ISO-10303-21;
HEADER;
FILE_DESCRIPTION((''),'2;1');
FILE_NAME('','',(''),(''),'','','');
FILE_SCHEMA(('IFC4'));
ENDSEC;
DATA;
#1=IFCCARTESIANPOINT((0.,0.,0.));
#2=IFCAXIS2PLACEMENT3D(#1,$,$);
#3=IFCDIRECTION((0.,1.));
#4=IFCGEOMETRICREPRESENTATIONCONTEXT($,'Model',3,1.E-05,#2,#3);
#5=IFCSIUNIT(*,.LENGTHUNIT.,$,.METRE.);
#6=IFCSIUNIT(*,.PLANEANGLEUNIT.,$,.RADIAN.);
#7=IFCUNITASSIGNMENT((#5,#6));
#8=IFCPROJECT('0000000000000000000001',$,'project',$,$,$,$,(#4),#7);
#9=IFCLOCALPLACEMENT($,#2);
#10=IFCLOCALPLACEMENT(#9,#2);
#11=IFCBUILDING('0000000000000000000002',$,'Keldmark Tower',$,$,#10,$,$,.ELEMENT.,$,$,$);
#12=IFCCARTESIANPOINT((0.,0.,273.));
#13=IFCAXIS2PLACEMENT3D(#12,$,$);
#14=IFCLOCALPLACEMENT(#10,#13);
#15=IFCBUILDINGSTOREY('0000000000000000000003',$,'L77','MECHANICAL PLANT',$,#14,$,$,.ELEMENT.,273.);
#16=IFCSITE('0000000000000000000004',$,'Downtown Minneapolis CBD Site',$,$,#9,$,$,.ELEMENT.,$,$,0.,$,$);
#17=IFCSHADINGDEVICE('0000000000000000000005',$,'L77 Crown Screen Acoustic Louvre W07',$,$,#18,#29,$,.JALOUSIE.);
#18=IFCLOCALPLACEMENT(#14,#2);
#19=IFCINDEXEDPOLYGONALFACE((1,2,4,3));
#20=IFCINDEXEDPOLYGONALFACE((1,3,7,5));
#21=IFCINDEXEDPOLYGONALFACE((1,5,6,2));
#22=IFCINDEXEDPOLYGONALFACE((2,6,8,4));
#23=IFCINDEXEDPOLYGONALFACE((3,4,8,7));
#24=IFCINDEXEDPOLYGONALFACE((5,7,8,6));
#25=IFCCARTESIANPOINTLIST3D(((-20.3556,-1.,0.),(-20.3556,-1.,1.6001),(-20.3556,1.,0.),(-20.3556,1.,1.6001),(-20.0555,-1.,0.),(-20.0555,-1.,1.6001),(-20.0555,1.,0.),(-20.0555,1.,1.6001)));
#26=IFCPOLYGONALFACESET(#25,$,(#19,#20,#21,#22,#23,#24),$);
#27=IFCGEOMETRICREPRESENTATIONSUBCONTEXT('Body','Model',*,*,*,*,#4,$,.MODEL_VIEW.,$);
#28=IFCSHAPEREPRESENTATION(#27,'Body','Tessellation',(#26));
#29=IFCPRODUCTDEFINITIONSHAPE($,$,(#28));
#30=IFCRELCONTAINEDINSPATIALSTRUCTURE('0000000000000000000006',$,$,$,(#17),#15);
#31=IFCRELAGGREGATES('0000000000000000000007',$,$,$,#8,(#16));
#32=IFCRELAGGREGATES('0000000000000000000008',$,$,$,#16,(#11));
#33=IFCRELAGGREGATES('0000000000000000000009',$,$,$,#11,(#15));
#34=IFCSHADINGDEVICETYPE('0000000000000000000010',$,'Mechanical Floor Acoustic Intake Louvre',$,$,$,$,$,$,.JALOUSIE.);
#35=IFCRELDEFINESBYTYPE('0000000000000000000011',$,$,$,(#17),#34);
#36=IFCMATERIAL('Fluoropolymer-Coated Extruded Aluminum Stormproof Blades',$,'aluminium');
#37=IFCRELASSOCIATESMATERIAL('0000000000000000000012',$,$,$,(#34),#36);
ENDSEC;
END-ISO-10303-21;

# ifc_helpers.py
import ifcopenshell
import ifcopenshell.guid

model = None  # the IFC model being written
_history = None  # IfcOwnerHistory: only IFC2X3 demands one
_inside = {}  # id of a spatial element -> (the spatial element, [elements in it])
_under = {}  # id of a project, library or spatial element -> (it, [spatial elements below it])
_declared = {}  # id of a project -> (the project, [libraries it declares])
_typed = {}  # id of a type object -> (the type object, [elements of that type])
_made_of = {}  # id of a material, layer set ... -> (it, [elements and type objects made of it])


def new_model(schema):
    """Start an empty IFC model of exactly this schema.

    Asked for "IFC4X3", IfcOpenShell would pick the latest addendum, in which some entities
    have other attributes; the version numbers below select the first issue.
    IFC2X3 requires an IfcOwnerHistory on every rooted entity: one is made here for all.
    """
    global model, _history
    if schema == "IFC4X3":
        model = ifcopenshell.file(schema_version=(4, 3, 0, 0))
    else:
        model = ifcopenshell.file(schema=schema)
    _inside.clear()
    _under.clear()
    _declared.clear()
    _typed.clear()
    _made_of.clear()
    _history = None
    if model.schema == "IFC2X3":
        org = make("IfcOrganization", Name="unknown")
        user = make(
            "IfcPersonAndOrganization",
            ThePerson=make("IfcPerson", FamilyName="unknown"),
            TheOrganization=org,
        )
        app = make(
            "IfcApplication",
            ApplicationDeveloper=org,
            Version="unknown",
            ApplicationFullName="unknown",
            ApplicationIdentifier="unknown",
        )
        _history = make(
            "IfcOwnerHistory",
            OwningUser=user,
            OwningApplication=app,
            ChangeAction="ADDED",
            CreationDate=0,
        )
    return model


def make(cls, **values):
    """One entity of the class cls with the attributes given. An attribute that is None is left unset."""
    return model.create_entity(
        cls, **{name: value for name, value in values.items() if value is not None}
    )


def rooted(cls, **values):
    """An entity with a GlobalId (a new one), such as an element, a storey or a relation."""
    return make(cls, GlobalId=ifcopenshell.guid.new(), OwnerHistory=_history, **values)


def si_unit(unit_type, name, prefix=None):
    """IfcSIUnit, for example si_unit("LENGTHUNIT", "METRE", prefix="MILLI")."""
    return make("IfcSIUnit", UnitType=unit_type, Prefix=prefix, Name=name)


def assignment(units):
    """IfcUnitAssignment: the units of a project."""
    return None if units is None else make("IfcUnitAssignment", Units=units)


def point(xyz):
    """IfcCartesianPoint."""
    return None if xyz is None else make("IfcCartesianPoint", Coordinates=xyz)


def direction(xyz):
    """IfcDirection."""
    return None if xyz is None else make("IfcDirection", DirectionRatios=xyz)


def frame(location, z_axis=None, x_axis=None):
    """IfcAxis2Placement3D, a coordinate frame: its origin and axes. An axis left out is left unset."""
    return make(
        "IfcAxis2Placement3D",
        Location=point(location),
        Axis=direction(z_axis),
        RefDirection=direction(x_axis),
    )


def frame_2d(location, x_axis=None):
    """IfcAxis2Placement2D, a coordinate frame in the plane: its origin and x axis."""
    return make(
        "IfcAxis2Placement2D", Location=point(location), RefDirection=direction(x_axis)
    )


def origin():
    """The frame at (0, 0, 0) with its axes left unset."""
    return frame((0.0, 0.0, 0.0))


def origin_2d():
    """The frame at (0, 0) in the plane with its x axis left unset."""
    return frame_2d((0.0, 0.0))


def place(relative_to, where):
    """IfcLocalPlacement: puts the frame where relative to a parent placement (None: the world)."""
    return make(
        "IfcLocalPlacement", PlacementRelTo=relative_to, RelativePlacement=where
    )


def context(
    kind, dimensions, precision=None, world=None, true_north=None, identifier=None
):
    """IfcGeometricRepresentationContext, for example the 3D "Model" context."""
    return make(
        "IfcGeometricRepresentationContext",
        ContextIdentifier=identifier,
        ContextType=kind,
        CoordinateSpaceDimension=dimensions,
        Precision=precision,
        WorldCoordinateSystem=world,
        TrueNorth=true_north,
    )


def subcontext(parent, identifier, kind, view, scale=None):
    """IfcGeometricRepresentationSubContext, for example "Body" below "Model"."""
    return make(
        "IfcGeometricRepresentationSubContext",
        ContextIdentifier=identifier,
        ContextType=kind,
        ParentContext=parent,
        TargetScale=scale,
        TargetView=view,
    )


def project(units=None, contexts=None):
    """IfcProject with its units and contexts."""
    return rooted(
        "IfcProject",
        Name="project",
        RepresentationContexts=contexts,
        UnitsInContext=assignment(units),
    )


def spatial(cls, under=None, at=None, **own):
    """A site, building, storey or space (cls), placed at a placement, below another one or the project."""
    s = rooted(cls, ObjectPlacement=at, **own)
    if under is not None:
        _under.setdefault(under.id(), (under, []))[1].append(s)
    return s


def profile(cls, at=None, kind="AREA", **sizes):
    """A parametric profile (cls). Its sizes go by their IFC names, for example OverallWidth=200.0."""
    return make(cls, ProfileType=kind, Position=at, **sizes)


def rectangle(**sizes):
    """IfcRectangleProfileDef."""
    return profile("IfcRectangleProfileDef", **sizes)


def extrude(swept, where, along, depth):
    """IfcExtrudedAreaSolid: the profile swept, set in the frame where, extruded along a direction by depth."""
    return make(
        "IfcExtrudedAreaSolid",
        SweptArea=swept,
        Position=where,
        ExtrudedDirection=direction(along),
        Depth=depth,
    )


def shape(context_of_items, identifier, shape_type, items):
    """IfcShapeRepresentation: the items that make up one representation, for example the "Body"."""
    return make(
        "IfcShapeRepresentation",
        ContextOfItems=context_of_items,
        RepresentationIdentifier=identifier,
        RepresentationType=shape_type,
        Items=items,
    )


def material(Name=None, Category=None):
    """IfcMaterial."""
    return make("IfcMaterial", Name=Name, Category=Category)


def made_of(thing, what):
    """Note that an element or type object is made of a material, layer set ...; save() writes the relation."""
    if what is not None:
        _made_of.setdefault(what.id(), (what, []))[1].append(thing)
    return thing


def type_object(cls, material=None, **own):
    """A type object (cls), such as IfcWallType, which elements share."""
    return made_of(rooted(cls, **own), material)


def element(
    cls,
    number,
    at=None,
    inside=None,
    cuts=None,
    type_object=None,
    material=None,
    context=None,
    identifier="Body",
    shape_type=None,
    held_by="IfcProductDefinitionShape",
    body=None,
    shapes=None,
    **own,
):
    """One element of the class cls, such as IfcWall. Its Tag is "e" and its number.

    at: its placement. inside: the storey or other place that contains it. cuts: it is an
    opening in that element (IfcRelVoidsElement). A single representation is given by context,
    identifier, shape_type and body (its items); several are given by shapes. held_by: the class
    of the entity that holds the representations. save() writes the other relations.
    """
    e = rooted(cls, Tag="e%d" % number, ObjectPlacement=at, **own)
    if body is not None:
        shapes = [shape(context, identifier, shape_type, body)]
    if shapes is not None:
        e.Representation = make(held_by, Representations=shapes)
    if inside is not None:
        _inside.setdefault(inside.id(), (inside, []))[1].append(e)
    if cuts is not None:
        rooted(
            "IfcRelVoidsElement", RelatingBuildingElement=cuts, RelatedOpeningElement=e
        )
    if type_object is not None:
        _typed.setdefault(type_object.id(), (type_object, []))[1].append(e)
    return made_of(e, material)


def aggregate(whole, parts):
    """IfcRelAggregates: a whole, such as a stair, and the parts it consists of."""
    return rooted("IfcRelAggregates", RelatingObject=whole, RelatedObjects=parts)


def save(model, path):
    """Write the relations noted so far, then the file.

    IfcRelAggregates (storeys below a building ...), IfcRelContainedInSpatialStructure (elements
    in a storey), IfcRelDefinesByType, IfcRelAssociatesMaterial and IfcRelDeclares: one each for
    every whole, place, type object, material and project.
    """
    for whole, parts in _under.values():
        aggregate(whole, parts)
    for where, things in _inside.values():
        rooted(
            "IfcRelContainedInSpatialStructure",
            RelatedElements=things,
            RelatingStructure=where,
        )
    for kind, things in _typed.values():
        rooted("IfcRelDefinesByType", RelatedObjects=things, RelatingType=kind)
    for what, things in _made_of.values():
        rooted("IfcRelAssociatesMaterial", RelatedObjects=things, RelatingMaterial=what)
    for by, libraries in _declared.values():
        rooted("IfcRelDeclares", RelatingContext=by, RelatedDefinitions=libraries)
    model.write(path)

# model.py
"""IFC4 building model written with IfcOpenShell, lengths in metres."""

from ifc_helpers import new_model, si_unit, direction, frame, origin, origin_2d, place, context, subcontext, project, spatial, rectangle, extrude, material, type_object, element, save


model = new_model("IFC4")

# Units and contexts
model_context = context("Model", 3, precision=1e-05, world=origin(), true_north=direction((0.0, 1.0)))
body_context = subcontext(model_context, "Body", "Model", "MODEL_VIEW")
ifc_project = project(units=[si_unit("LENGTHUNIT", "METRE"), si_unit("PLANEANGLEUNIT", "RADIAN")], contexts=[model_context])

# Site, building, storey
site_placement = place(None, origin())
site = spatial("IfcSite", under=ifc_project, at=site_placement, Name="Downtown Minneapolis CBD Site", CompositionType="ELEMENT", RefElevation=0.0)
building_placement = place(site_placement, origin())
building = spatial("IfcBuilding", under=site, at=building_placement, Name="Keldmark Tower", CompositionType="ELEMENT")
storey_placement = place(building_placement, frame((0.0, 0.0, 273.0)))
storey = spatial("IfcBuildingStorey", under=building, at=storey_placement, Name="L77", Description="MECHANICAL PLANT", CompositionType="ELEMENT", Elevation=273.0)

# Shading device
ifc_material_1 = material(Name="Fluoropolymer-Coated Extruded Aluminum Stormproof Blades", Category="aluminium")
shading_device_type = type_object("IfcShadingDeviceType", Name="Mechanical Floor Acoustic Intake Louvre", PredefinedType="JALOUSIE", material=ifc_material_1)
shading_device_placement = place(storey_placement, frame((-20.2056, 0.0, 0.0), z_axis=(0.0, 0.0, 1.0), x_axis=(0.0, -1.0, 0.0)))
element("IfcShadingDevice", 1, at=shading_device_placement, inside=storey, type_object=shading_device_type, Name="L77 Crown Screen Acoustic Louvre W07", PredefinedType="JALOUSIE", context=body_context, shape_type="SweptSolid", body=[
    extrude(rectangle(XDim=2.0, YDim=0.3, at=origin_2d()), origin(), (0.0, 0.0, 1.0), 1.6001),
])

save(model, "model.ifc")
